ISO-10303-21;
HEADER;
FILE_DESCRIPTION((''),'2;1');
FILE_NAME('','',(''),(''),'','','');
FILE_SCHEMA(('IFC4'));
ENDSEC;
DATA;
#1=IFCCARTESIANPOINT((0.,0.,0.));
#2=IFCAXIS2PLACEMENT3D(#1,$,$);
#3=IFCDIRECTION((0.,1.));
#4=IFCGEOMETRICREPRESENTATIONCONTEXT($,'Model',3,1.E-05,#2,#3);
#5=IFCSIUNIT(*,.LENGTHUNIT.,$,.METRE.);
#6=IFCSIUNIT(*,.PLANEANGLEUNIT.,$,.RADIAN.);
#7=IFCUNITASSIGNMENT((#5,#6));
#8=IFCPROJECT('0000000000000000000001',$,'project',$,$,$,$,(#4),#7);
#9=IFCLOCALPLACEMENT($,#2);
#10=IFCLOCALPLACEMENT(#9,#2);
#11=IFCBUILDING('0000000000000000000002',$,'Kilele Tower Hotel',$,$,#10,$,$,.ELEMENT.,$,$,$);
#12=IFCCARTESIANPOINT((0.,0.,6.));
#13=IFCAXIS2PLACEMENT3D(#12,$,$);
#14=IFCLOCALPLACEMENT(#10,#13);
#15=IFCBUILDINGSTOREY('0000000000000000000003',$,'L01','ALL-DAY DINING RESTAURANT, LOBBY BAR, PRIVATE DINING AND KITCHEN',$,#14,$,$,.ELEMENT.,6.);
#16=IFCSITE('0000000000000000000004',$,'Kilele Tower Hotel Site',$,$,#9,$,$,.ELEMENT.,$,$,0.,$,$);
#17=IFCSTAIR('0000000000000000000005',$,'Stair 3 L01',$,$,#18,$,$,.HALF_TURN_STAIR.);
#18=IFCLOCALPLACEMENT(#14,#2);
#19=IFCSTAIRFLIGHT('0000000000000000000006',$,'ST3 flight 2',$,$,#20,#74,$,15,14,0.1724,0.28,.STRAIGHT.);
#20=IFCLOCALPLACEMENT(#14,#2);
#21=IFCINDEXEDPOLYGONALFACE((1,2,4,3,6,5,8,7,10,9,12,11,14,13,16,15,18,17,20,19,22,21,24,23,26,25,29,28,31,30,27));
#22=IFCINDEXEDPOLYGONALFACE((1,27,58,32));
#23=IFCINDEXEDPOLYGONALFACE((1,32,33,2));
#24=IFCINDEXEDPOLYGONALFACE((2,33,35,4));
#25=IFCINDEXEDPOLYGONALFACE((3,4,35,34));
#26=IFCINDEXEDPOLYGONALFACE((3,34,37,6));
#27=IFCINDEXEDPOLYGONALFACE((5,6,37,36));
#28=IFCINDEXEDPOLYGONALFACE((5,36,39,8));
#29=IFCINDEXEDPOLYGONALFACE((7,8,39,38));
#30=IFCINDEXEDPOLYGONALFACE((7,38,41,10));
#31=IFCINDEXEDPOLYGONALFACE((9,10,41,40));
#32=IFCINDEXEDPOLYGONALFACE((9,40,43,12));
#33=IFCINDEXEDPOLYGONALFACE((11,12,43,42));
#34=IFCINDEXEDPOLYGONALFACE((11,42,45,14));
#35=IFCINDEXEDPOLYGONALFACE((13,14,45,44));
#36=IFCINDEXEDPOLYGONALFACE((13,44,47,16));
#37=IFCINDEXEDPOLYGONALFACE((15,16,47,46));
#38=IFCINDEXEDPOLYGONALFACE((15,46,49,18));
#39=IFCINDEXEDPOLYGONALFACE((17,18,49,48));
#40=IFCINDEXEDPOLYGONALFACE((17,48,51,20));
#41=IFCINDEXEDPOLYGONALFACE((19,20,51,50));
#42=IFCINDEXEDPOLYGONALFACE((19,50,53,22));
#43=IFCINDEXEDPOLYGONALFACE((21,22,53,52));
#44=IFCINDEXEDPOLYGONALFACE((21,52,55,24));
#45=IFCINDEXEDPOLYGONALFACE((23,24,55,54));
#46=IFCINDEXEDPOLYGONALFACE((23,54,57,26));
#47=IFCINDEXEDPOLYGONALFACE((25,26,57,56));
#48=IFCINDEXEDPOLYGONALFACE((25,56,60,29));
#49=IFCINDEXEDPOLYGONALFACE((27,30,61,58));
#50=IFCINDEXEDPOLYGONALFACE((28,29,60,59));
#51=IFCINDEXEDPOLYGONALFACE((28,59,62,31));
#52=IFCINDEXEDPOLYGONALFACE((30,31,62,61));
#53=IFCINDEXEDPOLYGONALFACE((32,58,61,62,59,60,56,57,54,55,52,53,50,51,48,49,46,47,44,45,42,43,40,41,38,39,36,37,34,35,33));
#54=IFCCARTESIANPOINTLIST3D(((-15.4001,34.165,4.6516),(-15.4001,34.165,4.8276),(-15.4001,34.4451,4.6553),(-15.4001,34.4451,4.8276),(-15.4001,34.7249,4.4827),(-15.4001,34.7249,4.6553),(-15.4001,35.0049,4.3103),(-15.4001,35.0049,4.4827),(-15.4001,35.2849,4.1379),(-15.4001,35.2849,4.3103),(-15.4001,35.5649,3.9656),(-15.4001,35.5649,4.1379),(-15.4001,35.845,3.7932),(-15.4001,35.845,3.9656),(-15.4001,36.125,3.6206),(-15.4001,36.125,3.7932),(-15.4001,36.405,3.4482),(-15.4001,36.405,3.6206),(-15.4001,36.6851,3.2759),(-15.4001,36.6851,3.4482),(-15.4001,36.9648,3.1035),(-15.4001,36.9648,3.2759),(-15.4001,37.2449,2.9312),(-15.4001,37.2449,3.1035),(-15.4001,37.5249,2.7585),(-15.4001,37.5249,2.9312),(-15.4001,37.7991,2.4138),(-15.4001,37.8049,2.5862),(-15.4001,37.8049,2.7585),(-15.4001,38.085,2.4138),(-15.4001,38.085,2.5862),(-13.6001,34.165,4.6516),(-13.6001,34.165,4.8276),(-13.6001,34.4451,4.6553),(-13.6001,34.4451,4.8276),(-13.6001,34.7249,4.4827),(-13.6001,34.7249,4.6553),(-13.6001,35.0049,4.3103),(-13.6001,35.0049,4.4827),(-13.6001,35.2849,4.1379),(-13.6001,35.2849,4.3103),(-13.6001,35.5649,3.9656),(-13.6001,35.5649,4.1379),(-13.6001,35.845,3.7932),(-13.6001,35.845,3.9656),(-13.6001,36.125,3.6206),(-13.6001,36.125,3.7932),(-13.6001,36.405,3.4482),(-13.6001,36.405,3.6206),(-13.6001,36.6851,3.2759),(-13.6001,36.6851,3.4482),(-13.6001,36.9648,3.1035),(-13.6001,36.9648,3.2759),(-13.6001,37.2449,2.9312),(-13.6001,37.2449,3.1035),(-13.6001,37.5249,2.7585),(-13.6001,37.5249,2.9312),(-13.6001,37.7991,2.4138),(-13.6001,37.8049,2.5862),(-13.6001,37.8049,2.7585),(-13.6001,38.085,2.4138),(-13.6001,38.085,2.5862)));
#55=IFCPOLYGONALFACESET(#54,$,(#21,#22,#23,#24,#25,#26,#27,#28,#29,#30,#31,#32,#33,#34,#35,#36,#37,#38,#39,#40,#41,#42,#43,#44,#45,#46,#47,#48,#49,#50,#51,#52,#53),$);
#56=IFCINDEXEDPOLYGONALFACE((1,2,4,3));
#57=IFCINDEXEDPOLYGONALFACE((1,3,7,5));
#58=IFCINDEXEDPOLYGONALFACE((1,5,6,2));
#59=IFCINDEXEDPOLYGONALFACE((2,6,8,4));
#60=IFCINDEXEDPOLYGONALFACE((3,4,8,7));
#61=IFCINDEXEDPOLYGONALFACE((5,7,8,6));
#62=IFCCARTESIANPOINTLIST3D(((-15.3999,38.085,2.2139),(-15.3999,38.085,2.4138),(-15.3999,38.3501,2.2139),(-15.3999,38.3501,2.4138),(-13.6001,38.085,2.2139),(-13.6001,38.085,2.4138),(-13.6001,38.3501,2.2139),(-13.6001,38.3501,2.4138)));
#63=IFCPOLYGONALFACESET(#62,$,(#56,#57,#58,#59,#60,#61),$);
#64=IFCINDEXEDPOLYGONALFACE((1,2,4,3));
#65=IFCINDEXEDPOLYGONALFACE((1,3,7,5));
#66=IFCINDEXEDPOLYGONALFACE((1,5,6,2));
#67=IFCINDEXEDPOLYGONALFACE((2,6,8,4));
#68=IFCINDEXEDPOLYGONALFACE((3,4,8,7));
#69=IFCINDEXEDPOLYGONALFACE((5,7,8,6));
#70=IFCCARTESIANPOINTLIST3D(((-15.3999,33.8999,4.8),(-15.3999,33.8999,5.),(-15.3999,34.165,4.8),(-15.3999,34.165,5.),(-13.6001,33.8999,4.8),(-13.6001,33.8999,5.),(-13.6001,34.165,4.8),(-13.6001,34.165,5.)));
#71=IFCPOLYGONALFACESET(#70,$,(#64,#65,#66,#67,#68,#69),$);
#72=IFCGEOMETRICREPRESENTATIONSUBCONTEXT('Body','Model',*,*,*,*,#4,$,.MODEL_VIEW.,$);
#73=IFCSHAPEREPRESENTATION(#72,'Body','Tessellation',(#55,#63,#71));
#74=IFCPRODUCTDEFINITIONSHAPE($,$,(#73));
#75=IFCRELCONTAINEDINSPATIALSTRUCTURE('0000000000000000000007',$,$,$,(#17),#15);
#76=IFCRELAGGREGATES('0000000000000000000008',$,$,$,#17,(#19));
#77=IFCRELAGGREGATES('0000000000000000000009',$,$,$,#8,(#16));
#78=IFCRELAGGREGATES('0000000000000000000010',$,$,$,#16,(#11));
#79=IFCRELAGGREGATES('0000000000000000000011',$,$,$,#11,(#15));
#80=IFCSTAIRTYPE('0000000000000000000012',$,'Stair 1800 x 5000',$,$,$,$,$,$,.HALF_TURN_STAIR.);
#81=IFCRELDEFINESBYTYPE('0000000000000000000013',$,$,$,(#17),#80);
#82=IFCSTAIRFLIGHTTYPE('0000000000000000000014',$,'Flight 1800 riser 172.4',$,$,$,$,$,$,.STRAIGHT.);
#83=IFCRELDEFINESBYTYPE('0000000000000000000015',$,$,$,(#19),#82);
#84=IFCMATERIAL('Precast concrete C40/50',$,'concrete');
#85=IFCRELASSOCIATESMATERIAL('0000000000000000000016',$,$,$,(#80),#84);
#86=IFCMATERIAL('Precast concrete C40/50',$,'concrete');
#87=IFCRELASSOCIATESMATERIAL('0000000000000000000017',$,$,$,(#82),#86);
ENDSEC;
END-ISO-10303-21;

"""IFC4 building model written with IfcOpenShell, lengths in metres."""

from ifc_helpers import new_model, si_unit, direction, frame, origin, place, context, subcontext, project, spatial, polyline, outline, extrude, material, type_object, element, aggregate, save


model = new_model("IFC4")

# Units and contexts
model_context = context("Model", 3, precision=1e-05, world=origin(), true_north=direction((0.0, 1.0)))
body_context = subcontext(model_context, "Body", "Model", "MODEL_VIEW")
ifc_project = project(units=[si_unit("LENGTHUNIT", "METRE"), si_unit("PLANEANGLEUNIT", "RADIAN")], contexts=[model_context])

# Site, building, storey
site_placement = place(None, origin())
site = spatial("IfcSite", under=ifc_project, at=site_placement, Name="Kilele Tower Hotel Site", CompositionType="ELEMENT", RefElevation=0.0)
building_placement = place(site_placement, origin())
building = spatial("IfcBuilding", under=site, at=building_placement, Name="Kilele Tower Hotel", CompositionType="ELEMENT")
storey_placement = place(building_placement, frame((0.0, 0.0, 6.0)))
storey = spatial("IfcBuildingStorey", under=building, at=storey_placement, Name="L01", Description="ALL-DAY DINING RESTAURANT, LOBBY BAR, PRIVATE DINING AND KITCHEN", CompositionType="ELEMENT", Elevation=6.0)

# Stair, stair flight
ifc_material_1 = material(Name="Precast concrete C40/50", Category="concrete")
stair_type = type_object("IfcStairType", Name="Stair 1800 x 5000", PredefinedType="HALF_TURN_STAIR", material=ifc_material_1)
stair_placement = place(storey_placement, origin())
stair = element("IfcStair", 1, at=stair_placement, inside=storey, type_object=stair_type, Name="Stair 3 L01", PredefinedType="HALF_TURN_STAIR")
ifc_material_2 = material(Name="Precast concrete C40/50", Category="concrete")
stair_flight_type = type_object("IfcStairFlightType", Name="Flight 1800 riser 172.4", PredefinedType="STRAIGHT", material=ifc_material_2)
stair_flight_1_placement = place(storey_placement, frame((-14.5, 38.085, 2.4138), z_axis=(0.0, 0.0, 1.0), x_axis=(0.0, -1.0, 0.0)))
stair_flight_1 = element("IfcStairFlight", 2, at=stair_flight_1_placement, type_object=stair_flight_type, Name="ST3 flight 2", NumberOfRisers=15, NumberOfTreads=14, PredefinedType="STRAIGHT", RiserHeight=0.1724, TreadLength=0.28, context=body_context, shape_type="SweptSolid", body=[
    extrude(outline(polyline([(0.0, 0.0), (0.0, 0.1724), (0.28, 0.1724), (0.28, 0.3447), (0.5601, 0.3447), (0.5601, 0.5173), (0.8401, 0.5173), (0.8401, 0.6897), (1.1201, 0.6897), (1.1201, 0.8621), (1.3999, 0.8621), (1.3999, 1.0344), (1.6799, 1.0344), (1.6799, 1.2068), (1.96, 1.2068), (1.96, 1.3794), (2.24, 1.3794), (2.24, 1.5518), (2.52, 1.5518), (2.52, 1.7241), (2.8, 1.7241), (2.8, 1.8965), (3.0801, 1.8965), (3.0801, 2.0688), (3.3601, 2.0688), (3.3601, 2.2415), (3.6399, 2.2415), (3.6399, 2.4138), (3.9199, 2.4138), (3.9199, 2.5862), (3.9199, 2.2378), (0.2859, 0.0), (0.0, 0.0)])), frame((0.0, 0.8999, 0.0), z_axis=(0.0, -1.0, 0.0), x_axis=(1.0, 0.0, 0.0)), (0.0, 0.0, 1.0), 1.8),
    extrude(outline(polyline([(0.0, -0.8999), (0.0, 0.8999), (-0.2651, 0.8999), (-0.2651, -0.8999), (0.0, -0.8999)])), frame((0.0, 0.0, -0.2)), (0.0, 0.0, 1.0), 0.2),
    extrude(outline(polyline([(4.1851, -0.8999), (4.1851, 0.8999), (3.9199, 0.8999), (3.9199, -0.8999), (4.1851, -0.8999)])), frame((0.0, 0.0, 2.3862)), (0.0, 0.0, 1.0), 0.2),
])
aggregate(stair, [stair_flight_1])

save(model, "model.ifc")
